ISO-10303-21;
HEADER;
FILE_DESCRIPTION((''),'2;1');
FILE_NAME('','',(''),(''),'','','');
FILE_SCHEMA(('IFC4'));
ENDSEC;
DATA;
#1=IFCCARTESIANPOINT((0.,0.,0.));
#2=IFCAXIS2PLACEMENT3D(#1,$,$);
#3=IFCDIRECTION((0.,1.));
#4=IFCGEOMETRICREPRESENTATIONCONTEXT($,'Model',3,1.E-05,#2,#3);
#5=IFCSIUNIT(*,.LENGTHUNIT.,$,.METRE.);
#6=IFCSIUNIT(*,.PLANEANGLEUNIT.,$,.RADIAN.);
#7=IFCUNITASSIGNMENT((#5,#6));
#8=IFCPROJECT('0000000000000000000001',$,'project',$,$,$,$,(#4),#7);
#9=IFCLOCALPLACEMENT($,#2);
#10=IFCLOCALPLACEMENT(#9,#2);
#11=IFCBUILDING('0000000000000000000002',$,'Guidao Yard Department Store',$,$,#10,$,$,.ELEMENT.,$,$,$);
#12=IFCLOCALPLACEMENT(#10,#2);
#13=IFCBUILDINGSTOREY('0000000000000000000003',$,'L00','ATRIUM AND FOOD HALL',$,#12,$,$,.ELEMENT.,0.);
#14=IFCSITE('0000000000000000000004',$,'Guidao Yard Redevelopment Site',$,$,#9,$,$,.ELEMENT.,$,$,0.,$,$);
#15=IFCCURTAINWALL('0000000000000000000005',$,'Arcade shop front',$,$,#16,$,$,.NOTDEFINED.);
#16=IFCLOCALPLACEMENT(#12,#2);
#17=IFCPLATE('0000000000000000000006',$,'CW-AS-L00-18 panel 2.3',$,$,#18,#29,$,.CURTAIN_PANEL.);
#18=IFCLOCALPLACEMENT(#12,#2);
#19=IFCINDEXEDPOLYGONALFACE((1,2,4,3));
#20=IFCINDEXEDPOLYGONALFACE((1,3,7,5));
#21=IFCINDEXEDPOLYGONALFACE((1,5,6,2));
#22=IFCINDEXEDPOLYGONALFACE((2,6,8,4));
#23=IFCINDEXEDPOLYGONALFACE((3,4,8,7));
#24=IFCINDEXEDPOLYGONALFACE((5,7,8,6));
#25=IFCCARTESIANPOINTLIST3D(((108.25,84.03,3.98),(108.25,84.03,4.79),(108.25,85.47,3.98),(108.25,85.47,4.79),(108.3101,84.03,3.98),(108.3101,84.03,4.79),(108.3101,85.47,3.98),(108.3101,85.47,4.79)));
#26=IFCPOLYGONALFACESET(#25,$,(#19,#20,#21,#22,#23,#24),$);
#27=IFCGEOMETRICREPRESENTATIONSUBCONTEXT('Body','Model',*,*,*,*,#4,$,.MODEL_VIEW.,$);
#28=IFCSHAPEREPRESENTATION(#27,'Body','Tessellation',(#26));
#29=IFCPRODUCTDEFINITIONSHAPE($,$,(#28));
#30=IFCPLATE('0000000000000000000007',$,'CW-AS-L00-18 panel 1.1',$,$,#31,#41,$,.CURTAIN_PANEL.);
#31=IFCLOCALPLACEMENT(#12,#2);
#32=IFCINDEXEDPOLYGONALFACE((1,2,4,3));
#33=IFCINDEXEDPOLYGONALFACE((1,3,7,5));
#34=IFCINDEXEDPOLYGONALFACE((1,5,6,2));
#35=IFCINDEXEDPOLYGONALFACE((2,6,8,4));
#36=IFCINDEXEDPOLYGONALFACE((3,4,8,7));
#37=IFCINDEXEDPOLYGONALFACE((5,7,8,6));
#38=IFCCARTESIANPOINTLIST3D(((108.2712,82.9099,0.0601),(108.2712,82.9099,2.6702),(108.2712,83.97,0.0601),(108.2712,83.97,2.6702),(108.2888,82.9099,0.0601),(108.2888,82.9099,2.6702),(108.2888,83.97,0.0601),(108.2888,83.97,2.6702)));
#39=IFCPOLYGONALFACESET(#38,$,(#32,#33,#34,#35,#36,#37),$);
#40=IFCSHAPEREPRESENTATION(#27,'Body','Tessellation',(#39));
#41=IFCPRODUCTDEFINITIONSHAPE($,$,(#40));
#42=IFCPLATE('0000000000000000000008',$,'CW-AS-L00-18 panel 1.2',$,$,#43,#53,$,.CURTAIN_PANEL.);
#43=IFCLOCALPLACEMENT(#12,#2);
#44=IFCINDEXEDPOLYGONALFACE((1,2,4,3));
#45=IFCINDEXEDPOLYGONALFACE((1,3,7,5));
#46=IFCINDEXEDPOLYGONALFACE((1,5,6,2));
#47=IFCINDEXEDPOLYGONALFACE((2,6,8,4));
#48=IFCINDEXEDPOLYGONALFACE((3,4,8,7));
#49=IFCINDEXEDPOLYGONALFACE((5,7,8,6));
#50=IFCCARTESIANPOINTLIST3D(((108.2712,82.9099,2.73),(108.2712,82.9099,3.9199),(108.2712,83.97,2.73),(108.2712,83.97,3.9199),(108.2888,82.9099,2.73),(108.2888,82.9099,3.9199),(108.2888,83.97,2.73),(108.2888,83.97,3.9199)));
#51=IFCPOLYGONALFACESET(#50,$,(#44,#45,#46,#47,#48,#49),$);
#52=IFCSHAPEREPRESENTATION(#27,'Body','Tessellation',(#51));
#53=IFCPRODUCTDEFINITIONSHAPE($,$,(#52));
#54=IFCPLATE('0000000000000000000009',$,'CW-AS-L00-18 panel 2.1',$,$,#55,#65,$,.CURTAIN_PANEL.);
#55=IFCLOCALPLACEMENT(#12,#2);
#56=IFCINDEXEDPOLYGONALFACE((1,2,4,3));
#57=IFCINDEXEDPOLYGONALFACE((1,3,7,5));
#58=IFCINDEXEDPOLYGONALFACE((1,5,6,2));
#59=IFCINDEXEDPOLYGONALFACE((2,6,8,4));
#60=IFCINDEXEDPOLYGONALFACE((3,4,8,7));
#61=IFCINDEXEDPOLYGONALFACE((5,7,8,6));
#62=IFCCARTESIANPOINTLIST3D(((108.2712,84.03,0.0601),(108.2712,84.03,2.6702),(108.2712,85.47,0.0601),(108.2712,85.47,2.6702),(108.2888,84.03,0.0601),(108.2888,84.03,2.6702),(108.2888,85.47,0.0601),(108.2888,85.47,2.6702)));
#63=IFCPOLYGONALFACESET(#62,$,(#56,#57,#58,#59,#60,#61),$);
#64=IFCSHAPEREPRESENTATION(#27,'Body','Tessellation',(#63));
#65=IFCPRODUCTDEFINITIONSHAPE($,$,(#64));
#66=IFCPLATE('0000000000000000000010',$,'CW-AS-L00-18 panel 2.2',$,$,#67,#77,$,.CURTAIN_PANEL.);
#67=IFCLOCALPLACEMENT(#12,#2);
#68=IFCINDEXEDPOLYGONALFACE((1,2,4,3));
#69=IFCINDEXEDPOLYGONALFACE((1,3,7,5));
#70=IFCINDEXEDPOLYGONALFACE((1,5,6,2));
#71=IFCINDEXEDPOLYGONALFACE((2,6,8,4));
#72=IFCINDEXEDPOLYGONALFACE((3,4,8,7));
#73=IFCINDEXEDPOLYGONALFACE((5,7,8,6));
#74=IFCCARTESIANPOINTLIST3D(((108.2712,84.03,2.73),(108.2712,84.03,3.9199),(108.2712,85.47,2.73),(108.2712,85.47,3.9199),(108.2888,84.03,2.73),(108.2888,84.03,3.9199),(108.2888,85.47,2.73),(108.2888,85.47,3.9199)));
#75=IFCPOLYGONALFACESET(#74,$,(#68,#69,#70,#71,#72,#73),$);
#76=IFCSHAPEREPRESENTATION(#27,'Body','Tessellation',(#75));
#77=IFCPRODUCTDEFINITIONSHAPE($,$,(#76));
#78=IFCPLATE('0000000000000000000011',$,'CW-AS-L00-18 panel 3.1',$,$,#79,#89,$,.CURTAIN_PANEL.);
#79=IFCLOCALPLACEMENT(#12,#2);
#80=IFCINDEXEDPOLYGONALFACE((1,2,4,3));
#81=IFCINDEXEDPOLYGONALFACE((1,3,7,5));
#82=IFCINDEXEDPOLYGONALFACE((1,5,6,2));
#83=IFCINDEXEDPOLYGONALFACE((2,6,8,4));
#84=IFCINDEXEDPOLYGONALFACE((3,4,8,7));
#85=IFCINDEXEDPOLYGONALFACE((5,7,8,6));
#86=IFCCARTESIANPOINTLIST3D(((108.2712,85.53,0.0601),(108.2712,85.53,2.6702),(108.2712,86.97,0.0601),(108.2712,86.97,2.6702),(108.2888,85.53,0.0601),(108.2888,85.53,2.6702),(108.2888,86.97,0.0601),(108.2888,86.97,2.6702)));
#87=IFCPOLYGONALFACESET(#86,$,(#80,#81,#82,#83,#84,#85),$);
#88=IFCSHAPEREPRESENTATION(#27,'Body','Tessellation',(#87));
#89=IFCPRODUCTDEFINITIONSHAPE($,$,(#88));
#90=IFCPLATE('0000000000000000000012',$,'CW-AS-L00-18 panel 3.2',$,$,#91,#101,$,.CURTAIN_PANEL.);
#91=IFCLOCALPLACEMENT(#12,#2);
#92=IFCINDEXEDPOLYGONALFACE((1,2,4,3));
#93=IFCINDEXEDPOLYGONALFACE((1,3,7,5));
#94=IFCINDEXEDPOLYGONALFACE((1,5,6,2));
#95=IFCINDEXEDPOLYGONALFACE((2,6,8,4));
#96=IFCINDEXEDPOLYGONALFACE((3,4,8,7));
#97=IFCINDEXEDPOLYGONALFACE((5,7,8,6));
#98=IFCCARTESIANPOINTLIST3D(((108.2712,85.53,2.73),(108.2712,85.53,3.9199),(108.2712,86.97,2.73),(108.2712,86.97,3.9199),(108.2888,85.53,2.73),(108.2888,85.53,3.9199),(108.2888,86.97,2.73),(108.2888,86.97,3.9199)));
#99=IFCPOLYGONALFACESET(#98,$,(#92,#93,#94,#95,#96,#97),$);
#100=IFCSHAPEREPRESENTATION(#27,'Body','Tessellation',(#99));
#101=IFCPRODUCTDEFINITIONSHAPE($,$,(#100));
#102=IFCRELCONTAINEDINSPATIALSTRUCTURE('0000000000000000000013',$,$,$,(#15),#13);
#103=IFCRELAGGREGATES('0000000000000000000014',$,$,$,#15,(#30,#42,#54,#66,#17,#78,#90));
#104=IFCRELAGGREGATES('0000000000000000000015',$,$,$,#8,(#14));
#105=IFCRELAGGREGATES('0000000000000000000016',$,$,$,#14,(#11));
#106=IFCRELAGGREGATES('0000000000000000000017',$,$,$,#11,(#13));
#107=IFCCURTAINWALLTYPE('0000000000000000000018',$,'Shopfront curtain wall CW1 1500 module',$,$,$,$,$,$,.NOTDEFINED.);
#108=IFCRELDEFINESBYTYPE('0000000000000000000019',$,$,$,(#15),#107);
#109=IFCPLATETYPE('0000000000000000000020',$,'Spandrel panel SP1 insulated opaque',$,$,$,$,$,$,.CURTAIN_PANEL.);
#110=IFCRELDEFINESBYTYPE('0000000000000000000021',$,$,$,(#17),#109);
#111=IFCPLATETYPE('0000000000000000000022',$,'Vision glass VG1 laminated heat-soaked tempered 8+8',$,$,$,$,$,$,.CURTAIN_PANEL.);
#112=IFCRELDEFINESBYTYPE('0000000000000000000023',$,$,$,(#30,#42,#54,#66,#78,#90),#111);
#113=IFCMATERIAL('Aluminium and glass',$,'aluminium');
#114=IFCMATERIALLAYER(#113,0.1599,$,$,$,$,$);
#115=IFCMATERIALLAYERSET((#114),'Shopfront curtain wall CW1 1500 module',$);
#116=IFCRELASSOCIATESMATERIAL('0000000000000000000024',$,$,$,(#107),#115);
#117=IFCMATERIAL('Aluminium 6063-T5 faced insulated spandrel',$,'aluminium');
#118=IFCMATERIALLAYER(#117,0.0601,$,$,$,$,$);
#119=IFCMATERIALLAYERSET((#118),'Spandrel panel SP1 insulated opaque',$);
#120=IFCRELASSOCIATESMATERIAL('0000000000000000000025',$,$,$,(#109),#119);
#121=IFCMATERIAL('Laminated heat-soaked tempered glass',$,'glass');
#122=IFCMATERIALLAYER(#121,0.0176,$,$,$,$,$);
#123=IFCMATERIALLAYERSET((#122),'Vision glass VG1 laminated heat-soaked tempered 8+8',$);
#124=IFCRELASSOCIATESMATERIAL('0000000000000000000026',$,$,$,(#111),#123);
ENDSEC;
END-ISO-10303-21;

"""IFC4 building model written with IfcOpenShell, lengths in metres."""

from ifc_helpers import new_model, si_unit, direction, frame, origin, origin_2d, place, context, subcontext, project, spatial, rectangle, extrude, material, layer, layer_set, type_object, element, aggregate, save


model = new_model("IFC4")

# Units and contexts
model_context = context("Model", 3, precision=1e-05, world=origin(), true_north=direction((0.0, 1.0)))
body_context = subcontext(model_context, "Body", "Model", "MODEL_VIEW")
ifc_project = project(units=[si_unit("LENGTHUNIT", "METRE"), si_unit("PLANEANGLEUNIT", "RADIAN")], contexts=[model_context])

# Site, building, storey
site_placement = place(None, origin())
site = spatial("IfcSite", under=ifc_project, at=site_placement, Name="Guidao Yard Redevelopment Site", CompositionType="ELEMENT", RefElevation=0.0)
building_placement = place(site_placement, origin())
building = spatial("IfcBuilding", under=site, at=building_placement, Name="Guidao Yard Department Store", CompositionType="ELEMENT")
storey_placement = place(building_placement, origin())
storey = spatial("IfcBuildingStorey", under=building, at=storey_placement, Name="L00", Description="ATRIUM AND FOOD HALL", CompositionType="ELEMENT", Elevation=0.0)

# Shared definitions
ifc_material_1 = material(Name="Aluminium and glass", Category="aluminium")
ifc_layer_1 = layer(ifc_material_1, 0.1599)
ifc_layer_set_1 = layer_set([ifc_layer_1], Name="Shopfront curtain wall CW1 1500 module")
curtain_wall_type = type_object("IfcCurtainWallType", Name="Shopfront curtain wall CW1 1500 module", PredefinedType="NOTDEFINED", material=ifc_layer_set_1)

# Curtain wall
curtain_wall_1_placement = place(storey_placement, origin())
curtain_wall_1 = element("IfcCurtainWall", 1, at=curtain_wall_1_placement, inside=storey, type_object=curtain_wall_type, Name="Arcade shop front", PredefinedType="NOTDEFINED")

# Plates
ifc_material_2 = material(Name="Aluminium 6063-T5 faced insulated spandrel", Category="aluminium")
ifc_layer_2 = layer(ifc_material_2, 0.0601)
ifc_layer_set_2 = layer_set([ifc_layer_2], Name="Spandrel panel SP1 insulated opaque")
plate_type_1 = type_object("IfcPlateType", Name="Spandrel panel SP1 insulated opaque", PredefinedType="CURTAIN_PANEL", material=ifc_layer_set_2)
plate_1_placement = place(storey_placement, frame((108.28, 84.75, 3.98), z_axis=(0.0, 0.0, 1.0), x_axis=(0.0, -1.0, 0.0)))
plate_1 = element("IfcPlate", 2, at=plate_1_placement, type_object=plate_type_1, Name="CW-AS-L00-18 panel 2.3", PredefinedType="CURTAIN_PANEL", context=body_context, shape_type="SweptSolid", body=[
    extrude(rectangle(XDim=1.4399, YDim=0.0601, at=origin_2d()), origin(), (0.0, 0.0, 1.0), 0.8101),
])
ifc_material_3 = material(Name="Laminated heat-soaked tempered glass", Category="glass")
ifc_layer_3 = layer(ifc_material_3, 0.0176)
ifc_layer_set_3 = layer_set([ifc_layer_3], Name="Vision glass VG1 laminated heat-soaked tempered 8+8")
plate_type_2 = type_object("IfcPlateType", Name="Vision glass VG1 laminated heat-soaked tempered 8+8", PredefinedType="CURTAIN_PANEL", material=ifc_layer_set_3)
plate_2_placement = place(storey_placement, frame((108.28, 83.4399, 0.0601), z_axis=(0.0, 0.0, 1.0), x_axis=(0.0, -1.0, 0.0)))
plate_2 = element("IfcPlate", 3, at=plate_2_placement, type_object=plate_type_2, Name="CW-AS-L00-18 panel 1.1", PredefinedType="CURTAIN_PANEL", context=body_context, shape_type="SweptSolid", body=[
    extrude(rectangle(XDim=1.0601, YDim=0.0176, at=origin_2d()), origin(), (0.0, 0.0, 1.0), 2.6101),
])
plate_3_placement = place(storey_placement, frame((108.28, 83.4399, 2.73), z_axis=(0.0, 0.0, 1.0), x_axis=(0.0, -1.0, 0.0)))
plate_3 = element("IfcPlate", 4, at=plate_3_placement, type_object=plate_type_2, Name="CW-AS-L00-18 panel 1.2", PredefinedType="CURTAIN_PANEL", context=body_context, shape_type="SweptSolid", body=[
    extrude(rectangle(XDim=1.0601, YDim=0.0176, at=origin_2d()), origin(), (0.0, 0.0, 1.0), 1.1899),
])
plate_4_placement = place(storey_placement, frame((108.28, 84.75, 0.0601), z_axis=(0.0, 0.0, 1.0), x_axis=(0.0, -1.0, 0.0)))
plate_4 = element("IfcPlate", 5, at=plate_4_placement, type_object=plate_type_2, Name="CW-AS-L00-18 panel 2.1", PredefinedType="CURTAIN_PANEL", context=body_context, shape_type="SweptSolid", body=[
    extrude(rectangle(XDim=1.4399, YDim=0.0176, at=origin_2d()), origin(), (0.0, 0.0, 1.0), 2.6101),
])
plate_5_placement = place(storey_placement, frame((108.28, 84.75, 2.73), z_axis=(0.0, 0.0, 1.0), x_axis=(0.0, -1.0, 0.0)))
plate_5 = element("IfcPlate", 6, at=plate_5_placement, type_object=plate_type_2, Name="CW-AS-L00-18 panel 2.2", PredefinedType="CURTAIN_PANEL", context=body_context, shape_type="SweptSolid", body=[
    extrude(rectangle(XDim=1.4399, YDim=0.0176, at=origin_2d()), origin(), (0.0, 0.0, 1.0), 1.1899),
])
plate_6_placement = place(storey_placement, frame((108.28, 86.25, 0.0601), z_axis=(0.0, 0.0, 1.0), x_axis=(0.0, -1.0, 0.0)))
plate_6 = element("IfcPlate", 7, at=plate_6_placement, type_object=plate_type_2, Name="CW-AS-L00-18 panel 3.1", PredefinedType="CURTAIN_PANEL", context=body_context, shape_type="SweptSolid", body=[
    extrude(rectangle(XDim=1.4399, YDim=0.0176, at=origin_2d()), origin(), (0.0, 0.0, 1.0), 2.6101),
])
plate_7_placement = place(storey_placement, frame((108.28, 86.25, 2.73), z_axis=(0.0, 0.0, 1.0), x_axis=(0.0, -1.0, 0.0)))
plate_7 = element("IfcPlate", 8, at=plate_7_placement, type_object=plate_type_2, Name="CW-AS-L00-18 panel 3.2", PredefinedType="CURTAIN_PANEL", context=body_context, shape_type="SweptSolid", body=[
    extrude(rectangle(XDim=1.4399, YDim=0.0176, at=origin_2d()), origin(), (0.0, 0.0, 1.0), 1.1899),
])
aggregate(curtain_wall_1, [plate_2, plate_3, plate_4, plate_5, plate_1, plate_6, plate_7])

save(model, "model.ifc")
